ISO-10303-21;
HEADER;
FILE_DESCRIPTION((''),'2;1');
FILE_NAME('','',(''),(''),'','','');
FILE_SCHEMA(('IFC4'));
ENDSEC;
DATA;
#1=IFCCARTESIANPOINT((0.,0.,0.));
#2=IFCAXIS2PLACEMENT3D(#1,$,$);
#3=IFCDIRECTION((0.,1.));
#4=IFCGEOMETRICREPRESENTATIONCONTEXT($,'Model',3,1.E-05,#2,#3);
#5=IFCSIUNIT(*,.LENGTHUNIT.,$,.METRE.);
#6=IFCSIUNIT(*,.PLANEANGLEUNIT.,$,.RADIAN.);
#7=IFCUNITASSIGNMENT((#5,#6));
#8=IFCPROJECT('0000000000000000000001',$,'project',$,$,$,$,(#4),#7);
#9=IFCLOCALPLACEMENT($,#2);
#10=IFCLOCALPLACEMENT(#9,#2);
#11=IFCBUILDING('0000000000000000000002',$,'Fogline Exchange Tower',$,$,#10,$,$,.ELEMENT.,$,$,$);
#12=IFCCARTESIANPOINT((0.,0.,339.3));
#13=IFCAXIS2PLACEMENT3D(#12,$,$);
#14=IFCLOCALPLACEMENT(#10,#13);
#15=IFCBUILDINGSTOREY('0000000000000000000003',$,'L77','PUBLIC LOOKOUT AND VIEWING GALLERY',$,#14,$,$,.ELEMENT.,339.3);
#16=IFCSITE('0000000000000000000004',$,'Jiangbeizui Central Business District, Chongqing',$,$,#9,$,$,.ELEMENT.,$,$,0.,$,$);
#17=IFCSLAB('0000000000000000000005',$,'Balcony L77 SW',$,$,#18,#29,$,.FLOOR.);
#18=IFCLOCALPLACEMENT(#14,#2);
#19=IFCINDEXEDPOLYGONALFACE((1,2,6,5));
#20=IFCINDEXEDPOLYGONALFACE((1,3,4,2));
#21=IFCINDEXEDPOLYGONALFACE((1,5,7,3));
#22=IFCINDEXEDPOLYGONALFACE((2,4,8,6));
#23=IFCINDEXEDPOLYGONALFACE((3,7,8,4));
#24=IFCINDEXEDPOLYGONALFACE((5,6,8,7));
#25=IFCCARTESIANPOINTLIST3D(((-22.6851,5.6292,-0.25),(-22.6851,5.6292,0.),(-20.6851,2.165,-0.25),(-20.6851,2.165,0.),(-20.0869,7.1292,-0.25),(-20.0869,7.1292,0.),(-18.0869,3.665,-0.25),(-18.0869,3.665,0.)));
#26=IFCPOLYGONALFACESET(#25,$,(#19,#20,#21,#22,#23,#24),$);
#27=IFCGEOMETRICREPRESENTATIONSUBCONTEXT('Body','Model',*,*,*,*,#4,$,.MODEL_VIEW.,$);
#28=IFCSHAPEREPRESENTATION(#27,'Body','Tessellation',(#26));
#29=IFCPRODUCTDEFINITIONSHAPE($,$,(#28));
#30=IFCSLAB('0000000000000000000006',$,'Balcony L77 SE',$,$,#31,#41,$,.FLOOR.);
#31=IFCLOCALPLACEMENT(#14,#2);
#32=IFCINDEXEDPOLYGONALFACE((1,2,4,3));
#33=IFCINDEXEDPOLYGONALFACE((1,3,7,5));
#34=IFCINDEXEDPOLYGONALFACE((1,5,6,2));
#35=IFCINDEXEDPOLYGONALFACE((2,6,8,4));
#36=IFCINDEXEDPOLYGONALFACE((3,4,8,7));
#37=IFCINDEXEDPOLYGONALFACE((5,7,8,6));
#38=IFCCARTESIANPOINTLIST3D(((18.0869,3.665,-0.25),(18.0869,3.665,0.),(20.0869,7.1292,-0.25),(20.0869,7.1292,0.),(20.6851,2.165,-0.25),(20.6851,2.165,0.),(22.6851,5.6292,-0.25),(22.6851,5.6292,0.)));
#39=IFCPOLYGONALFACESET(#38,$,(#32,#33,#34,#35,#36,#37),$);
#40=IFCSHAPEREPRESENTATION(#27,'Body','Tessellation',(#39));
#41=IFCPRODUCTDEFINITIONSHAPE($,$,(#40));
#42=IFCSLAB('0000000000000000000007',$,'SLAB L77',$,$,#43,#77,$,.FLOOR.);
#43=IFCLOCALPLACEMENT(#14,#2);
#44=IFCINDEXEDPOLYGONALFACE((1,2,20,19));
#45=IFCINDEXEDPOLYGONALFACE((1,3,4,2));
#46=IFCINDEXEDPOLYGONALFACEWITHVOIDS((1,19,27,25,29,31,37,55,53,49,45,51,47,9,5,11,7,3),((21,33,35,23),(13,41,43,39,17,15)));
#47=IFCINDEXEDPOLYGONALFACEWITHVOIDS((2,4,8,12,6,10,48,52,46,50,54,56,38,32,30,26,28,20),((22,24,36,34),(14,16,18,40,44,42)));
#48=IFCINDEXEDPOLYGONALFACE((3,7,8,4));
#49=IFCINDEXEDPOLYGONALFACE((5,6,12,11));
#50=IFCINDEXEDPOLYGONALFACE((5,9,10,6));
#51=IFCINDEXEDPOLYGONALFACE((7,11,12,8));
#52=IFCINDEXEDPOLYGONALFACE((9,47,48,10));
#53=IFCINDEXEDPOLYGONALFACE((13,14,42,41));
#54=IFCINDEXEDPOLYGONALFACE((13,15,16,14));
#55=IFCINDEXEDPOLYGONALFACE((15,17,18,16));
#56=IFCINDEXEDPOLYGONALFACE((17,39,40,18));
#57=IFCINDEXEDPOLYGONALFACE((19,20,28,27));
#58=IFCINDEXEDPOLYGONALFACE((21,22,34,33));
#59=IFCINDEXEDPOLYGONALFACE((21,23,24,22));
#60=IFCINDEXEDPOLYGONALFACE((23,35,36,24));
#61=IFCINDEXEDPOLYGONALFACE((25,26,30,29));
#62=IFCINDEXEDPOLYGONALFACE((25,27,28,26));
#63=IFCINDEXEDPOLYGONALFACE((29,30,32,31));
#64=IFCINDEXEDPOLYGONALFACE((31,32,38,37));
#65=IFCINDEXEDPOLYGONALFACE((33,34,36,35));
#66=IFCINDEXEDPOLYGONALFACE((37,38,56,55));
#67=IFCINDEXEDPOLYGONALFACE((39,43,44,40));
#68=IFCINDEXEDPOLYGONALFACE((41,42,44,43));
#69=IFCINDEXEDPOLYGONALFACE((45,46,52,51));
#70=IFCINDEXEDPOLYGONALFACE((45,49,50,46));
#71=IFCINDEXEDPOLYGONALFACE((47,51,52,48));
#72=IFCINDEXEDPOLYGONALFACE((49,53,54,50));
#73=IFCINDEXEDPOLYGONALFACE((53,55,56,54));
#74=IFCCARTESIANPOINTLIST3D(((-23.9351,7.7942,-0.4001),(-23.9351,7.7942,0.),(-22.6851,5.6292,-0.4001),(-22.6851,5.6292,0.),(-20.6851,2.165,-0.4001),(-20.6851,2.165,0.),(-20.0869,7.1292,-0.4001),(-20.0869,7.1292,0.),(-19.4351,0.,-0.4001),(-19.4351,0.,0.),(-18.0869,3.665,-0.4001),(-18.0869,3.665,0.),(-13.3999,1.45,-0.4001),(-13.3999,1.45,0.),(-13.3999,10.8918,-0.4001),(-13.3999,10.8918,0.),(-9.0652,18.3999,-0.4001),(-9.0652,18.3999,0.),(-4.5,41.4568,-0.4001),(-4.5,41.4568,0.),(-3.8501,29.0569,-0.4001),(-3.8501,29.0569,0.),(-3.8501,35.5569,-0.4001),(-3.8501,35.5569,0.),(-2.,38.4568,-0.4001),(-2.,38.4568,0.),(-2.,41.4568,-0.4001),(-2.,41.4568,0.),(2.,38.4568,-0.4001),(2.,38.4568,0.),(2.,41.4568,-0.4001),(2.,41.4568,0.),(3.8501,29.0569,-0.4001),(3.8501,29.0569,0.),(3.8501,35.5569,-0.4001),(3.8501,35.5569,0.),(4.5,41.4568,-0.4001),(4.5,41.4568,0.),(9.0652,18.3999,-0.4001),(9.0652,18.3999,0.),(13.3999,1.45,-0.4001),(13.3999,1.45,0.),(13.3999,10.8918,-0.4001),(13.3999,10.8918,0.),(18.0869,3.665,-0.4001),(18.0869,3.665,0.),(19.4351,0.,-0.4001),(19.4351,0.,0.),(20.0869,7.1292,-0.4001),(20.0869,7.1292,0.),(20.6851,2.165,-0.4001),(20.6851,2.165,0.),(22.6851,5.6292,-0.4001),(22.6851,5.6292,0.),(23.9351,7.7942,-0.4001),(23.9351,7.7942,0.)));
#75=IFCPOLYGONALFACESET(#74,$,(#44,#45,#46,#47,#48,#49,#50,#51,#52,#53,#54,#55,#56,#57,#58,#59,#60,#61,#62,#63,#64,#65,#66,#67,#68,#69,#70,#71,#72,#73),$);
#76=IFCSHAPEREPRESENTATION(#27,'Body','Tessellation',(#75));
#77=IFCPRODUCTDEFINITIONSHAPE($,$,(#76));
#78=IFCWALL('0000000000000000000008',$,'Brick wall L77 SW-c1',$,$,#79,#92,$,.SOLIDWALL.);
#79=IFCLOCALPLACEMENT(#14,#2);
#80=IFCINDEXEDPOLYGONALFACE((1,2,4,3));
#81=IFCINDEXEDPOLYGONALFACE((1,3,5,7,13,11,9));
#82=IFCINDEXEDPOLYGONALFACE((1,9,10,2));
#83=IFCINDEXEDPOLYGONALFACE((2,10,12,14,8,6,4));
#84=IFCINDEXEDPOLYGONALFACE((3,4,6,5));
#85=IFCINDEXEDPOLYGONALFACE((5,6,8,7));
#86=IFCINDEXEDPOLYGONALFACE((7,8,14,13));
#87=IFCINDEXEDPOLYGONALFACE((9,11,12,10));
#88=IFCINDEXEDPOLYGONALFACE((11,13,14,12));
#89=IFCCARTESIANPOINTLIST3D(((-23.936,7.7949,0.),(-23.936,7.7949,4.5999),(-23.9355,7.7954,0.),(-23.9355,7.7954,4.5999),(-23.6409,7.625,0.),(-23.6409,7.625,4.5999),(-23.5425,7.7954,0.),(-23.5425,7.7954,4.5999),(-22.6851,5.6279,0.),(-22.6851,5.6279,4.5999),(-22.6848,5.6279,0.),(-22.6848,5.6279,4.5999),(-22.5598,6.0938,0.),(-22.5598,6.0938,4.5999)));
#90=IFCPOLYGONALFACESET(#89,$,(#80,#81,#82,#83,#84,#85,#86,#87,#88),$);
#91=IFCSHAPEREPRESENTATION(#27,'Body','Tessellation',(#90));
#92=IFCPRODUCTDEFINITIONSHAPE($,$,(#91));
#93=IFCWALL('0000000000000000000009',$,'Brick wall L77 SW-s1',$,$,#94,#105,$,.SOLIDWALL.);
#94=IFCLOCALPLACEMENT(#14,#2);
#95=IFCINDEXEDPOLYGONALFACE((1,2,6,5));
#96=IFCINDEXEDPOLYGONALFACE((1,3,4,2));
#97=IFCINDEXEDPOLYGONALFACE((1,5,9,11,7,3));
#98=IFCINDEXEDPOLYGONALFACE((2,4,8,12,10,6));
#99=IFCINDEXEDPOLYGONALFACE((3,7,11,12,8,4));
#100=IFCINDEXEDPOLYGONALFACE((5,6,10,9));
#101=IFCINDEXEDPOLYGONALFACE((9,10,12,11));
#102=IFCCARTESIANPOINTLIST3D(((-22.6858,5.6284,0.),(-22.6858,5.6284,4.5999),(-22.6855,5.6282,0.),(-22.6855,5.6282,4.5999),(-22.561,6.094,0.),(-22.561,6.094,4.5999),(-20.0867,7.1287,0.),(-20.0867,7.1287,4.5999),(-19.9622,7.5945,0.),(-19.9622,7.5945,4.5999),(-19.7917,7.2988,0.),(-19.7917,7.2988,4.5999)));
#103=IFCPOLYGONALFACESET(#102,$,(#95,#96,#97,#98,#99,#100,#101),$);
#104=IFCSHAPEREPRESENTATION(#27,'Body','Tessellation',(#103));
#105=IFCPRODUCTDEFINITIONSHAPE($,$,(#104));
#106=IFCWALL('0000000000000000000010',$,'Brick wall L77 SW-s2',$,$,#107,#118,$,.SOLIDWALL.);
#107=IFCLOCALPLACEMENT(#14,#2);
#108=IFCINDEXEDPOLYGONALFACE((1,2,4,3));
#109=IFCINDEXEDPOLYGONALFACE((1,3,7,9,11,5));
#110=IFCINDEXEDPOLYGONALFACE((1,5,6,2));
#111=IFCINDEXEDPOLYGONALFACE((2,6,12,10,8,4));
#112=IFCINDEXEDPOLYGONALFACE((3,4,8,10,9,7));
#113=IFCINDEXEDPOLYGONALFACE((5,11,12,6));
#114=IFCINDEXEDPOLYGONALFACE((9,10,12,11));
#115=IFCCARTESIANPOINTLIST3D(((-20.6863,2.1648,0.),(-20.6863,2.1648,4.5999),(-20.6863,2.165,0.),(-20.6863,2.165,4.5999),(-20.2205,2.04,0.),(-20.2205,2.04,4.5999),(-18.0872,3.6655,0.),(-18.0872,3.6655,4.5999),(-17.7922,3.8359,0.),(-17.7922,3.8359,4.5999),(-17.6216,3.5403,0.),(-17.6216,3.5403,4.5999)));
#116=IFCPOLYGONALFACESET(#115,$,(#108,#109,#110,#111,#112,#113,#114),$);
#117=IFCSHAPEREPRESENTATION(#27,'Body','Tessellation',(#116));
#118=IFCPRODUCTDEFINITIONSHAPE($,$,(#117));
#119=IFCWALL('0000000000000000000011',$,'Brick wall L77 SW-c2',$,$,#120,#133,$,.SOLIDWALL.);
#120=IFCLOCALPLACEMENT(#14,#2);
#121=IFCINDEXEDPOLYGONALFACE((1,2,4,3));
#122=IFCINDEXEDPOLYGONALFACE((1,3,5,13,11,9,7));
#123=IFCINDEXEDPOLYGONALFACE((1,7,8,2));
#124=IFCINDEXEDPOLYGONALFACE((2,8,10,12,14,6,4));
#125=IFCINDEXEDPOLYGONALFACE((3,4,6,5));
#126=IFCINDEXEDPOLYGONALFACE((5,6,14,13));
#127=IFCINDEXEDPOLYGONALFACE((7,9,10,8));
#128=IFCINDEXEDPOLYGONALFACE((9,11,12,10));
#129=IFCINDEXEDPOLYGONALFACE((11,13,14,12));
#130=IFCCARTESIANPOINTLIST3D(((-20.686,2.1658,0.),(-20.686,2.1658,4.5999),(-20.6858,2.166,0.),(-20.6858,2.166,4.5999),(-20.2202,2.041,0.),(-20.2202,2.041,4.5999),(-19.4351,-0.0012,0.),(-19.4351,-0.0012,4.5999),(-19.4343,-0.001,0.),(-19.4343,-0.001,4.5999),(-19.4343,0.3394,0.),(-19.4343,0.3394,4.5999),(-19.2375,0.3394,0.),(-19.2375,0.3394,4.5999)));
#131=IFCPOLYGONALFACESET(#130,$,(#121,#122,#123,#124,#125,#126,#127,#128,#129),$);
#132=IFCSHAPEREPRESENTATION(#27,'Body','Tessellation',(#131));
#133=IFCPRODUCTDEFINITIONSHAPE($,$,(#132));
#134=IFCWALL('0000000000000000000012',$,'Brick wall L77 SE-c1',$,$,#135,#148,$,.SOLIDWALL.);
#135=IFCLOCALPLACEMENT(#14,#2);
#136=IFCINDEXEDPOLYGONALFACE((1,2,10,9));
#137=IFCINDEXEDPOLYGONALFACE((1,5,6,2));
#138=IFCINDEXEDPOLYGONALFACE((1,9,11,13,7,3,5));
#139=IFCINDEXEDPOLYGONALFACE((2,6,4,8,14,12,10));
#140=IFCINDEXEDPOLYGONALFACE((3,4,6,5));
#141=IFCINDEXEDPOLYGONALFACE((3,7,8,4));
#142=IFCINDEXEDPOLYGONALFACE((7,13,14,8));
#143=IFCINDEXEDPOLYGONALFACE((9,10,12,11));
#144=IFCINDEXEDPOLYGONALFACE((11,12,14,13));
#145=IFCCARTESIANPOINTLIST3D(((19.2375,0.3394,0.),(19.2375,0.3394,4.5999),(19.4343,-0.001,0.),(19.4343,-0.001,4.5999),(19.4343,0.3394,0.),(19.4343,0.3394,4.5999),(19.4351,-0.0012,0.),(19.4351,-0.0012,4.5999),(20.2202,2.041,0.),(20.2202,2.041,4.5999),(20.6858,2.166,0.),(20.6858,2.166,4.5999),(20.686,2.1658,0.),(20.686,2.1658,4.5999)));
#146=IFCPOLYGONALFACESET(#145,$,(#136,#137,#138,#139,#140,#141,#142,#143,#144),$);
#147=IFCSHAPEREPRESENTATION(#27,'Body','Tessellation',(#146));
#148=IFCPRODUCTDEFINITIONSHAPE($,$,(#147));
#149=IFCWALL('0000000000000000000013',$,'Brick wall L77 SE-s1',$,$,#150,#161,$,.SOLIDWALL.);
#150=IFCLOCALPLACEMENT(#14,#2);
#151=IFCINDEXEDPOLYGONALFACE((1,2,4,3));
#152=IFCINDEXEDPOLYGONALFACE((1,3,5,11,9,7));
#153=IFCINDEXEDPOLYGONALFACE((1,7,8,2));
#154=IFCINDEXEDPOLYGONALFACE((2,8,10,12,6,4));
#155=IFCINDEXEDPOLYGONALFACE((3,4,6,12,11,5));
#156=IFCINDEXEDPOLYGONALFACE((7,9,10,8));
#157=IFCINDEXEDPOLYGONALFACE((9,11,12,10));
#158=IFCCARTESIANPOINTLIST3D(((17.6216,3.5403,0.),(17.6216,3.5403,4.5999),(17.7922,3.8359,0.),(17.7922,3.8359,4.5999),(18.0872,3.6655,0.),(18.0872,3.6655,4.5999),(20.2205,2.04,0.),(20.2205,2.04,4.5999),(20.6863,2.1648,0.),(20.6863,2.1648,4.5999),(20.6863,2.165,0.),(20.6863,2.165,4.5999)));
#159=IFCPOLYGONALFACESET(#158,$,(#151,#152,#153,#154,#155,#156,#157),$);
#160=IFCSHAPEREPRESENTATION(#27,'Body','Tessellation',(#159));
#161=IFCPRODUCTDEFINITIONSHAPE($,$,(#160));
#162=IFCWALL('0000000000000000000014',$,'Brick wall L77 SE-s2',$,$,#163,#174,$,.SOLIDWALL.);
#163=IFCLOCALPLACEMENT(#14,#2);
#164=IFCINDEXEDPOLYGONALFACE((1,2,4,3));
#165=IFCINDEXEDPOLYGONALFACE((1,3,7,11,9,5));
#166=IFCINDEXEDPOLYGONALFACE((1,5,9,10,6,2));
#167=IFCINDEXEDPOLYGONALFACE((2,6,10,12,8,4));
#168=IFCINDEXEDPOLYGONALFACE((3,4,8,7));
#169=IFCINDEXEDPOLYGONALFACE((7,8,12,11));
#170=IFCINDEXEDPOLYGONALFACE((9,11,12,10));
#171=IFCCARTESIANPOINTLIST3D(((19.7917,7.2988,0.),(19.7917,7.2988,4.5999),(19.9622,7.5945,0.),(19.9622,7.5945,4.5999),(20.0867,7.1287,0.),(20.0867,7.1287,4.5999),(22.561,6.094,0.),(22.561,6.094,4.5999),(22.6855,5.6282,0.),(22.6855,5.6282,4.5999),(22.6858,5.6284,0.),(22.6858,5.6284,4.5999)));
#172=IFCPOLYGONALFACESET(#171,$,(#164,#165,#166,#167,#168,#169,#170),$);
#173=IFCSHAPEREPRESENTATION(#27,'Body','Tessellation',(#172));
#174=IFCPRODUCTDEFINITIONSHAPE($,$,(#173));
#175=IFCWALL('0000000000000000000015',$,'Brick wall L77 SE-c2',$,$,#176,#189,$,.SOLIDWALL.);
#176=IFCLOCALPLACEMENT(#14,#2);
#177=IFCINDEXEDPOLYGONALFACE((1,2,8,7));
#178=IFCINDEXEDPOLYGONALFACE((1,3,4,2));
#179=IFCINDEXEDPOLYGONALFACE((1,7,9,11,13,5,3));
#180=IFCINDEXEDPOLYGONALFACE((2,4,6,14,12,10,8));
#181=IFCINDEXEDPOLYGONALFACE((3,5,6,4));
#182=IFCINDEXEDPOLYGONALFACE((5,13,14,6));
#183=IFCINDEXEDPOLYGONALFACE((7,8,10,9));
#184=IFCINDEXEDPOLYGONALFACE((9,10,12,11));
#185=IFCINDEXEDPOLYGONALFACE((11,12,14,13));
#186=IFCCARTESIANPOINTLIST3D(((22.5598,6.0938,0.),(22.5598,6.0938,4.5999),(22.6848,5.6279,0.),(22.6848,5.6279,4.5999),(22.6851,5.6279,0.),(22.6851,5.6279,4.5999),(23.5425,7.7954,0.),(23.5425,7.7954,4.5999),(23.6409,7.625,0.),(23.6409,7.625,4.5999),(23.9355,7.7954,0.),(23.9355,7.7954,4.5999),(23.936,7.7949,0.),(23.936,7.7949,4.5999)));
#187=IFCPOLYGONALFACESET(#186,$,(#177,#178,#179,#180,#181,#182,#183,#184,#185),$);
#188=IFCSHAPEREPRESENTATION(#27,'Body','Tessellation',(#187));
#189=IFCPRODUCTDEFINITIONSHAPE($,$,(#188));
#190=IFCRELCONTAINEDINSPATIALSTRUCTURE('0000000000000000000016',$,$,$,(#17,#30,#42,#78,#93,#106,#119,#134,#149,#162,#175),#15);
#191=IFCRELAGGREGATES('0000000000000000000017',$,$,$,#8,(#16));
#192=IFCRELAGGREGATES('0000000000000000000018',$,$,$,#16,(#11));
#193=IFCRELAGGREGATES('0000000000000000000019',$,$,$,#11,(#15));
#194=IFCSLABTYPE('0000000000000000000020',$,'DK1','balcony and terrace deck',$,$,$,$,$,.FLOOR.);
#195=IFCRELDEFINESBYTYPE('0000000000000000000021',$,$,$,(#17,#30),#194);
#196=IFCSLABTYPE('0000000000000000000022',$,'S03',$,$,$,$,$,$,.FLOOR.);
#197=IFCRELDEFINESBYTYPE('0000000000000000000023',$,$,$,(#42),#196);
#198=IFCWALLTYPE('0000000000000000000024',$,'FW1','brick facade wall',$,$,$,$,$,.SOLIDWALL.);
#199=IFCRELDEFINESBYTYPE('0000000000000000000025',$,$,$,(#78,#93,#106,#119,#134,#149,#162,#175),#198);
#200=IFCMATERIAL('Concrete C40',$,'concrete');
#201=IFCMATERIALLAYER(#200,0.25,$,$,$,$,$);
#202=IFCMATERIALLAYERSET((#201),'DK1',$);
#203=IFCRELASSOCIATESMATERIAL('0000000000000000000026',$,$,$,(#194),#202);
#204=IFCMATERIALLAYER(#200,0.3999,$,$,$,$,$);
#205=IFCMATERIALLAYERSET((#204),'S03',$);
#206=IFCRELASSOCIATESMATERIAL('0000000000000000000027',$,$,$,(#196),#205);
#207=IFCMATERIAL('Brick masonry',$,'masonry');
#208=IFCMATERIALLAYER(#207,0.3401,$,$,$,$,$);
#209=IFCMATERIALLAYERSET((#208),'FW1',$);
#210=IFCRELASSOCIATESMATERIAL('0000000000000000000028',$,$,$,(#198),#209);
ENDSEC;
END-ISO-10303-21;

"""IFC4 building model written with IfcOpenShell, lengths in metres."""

from ifc_helpers import new_model, si_unit, direction, frame, origin, place, context, subcontext, project, spatial, polyline, outline, extrude, material, layer, layer_set, type_object, element, save


model = new_model("IFC4")

# Units and contexts
model_context = context("Model", 3, precision=1e-05, world=origin(), true_north=direction((0.0, 1.0)))
body_context = subcontext(model_context, "Body", "Model", "MODEL_VIEW")
ifc_project = project(units=[si_unit("LENGTHUNIT", "METRE"), si_unit("PLANEANGLEUNIT", "RADIAN")], contexts=[model_context])

# Site, building, storey
site_placement = place(None, origin())
site = spatial("IfcSite", under=ifc_project, at=site_placement, Name="Jiangbeizui Central Business District, Chongqing", CompositionType="ELEMENT", RefElevation=0.0)
building_placement = place(site_placement, origin())
building = spatial("IfcBuilding", under=site, at=building_placement, Name="Fogline Exchange Tower", CompositionType="ELEMENT")
storey_placement = place(building_placement, frame((0.0, 0.0, 339.3)))
storey = spatial("IfcBuildingStorey", under=building, at=storey_placement, Name="L77", Description="PUBLIC LOOKOUT AND VIEWING GALLERY", CompositionType="ELEMENT", Elevation=339.3)

# Slabs
ifc_material_1 = material(Name="Concrete C40", Category="concrete")
ifc_layer_1 = layer(ifc_material_1, 0.25)
ifc_layer_set_1 = layer_set([ifc_layer_1], Name="DK1")
slab_type_1 = type_object("IfcSlabType", Name="DK1", Description="balcony and terrace deck", PredefinedType="FLOOR", material=ifc_layer_set_1)
slab_1_placement = place(storey_placement, frame((0.0, 0.0, -0.25)))
element("IfcSlab", 1, at=slab_1_placement, inside=storey, type_object=slab_type_1, Name="Balcony L77 SW", PredefinedType="FLOOR", context=body_context, shape_type="SweptSolid", body=[
    extrude(outline(polyline([(-22.6851, 5.6292), (-20.6851, 2.165), (-18.0869, 3.665), (-20.0869, 7.1292), (-22.6851, 5.6292)])), origin(), (0.0, 0.0, 1.0), 0.25),
])
slab_2_placement = place(storey_placement, frame((0.0, 0.0, -0.25)))
element("IfcSlab", 2, at=slab_2_placement, inside=storey, type_object=slab_type_1, Name="Balcony L77 SE", PredefinedType="FLOOR", context=body_context, shape_type="SweptSolid", body=[
    extrude(outline(polyline([(20.6851, 2.165), (22.6851, 5.6292), (20.0869, 7.1292), (18.0869, 3.665), (20.6851, 2.165)])), origin(), (0.0, 0.0, 1.0), 0.25),
])
ifc_layer_2 = layer(ifc_material_1, 0.3999)
ifc_layer_set_2 = layer_set([ifc_layer_2], Name="S03")
slab_type_2 = type_object("IfcSlabType", Name="S03", PredefinedType="FLOOR", material=ifc_layer_set_2)
slab_3_placement = place(storey_placement, frame((0.0, 0.0, -0.4001)))
element("IfcSlab", 3, at=slab_3_placement, inside=storey, type_object=slab_type_2, Name="SLAB L77", PredefinedType="FLOOR", context=body_context, shape_type="SweptSolid", body=[
    extrude(outline(polyline([(-2.0, 41.4568), (-4.5, 41.4568), (-23.9351, 7.7942), (-22.6851, 5.6292), (-20.0869, 7.1292), (-18.0869, 3.665), (-20.6851, 2.165), (-19.4351, 0.0), (19.4351, 0.0), (20.6851, 2.165), (18.0869, 3.665), (20.0869, 7.1292), (22.6851, 5.6292), (23.9351, 7.7942), (4.5, 41.4568), (2.0, 41.4568), (2.0, 38.4568), (-2.0, 38.4568), (-2.0, 41.4568)]), holes=[polyline([(13.3999, 10.8918), (13.3999, 1.45), (-13.3999, 1.45), (-13.3999, 10.8918), (-9.0652, 18.3999), (9.0652, 18.3999), (13.3999, 10.8918)]), polyline([(3.8501, 35.5569), (3.8501, 29.0569), (-3.8501, 29.0569), (-3.8501, 35.5569), (3.8501, 35.5569)])]), origin(), (0.0, 0.0, 1.0), 0.4001),
])

# Walls
ifc_material_2 = material(Name="Brick masonry", Category="masonry")
ifc_layer_3 = layer(ifc_material_2, 0.3401)
ifc_layer_set_3 = layer_set([ifc_layer_3], Name="FW1")
wall_type_1 = type_object("IfcWallType", Name="FW1", Description="brick facade wall", PredefinedType="SOLIDWALL", material=ifc_layer_set_3)
wall_1_placement = place(storey_placement, origin())
element("IfcWall", 4, at=wall_1_placement, inside=storey, type_object=wall_type_1, Name="Brick wall L77 SW-c1", PredefinedType="SOLIDWALL", context=body_context, shape_type="SweptSolid", body=[
    extrude(outline(polyline([(-22.6851, 5.6279), (-23.936, 7.7949), (-23.9355, 7.7954), (-23.6409, 7.625), (-23.5425, 7.7954), (-22.5598, 6.0938), (-22.6848, 5.6279), (-22.6851, 5.6279)])), origin(), (0.0, 0.0, 1.0), 4.5999),
])
wall_2_placement = place(storey_placement, origin())
element("IfcWall", 5, at=wall_2_placement, inside=storey, type_object=wall_type_1, Name="Brick wall L77 SW-s1", PredefinedType="SOLIDWALL", context=body_context, shape_type="SweptSolid", body=[
    extrude(outline(polyline([(-19.9622, 7.5945), (-19.7917, 7.2988), (-20.0867, 7.1287), (-22.6855, 5.6282), (-22.6858, 5.6284), (-22.561, 6.094), (-19.9622, 7.5945)])), origin(), (0.0, 0.0, 1.0), 4.5999),
])
wall_3_placement = place(storey_placement, origin())
element("IfcWall", 6, at=wall_3_placement, inside=storey, type_object=wall_type_1, Name="Brick wall L77 SW-s2", PredefinedType="SOLIDWALL", context=body_context, shape_type="SweptSolid", body=[
    extrude(outline(polyline([(-20.6863, 2.165), (-18.0872, 3.6655), (-17.7922, 3.8359), (-17.6216, 3.5403), (-20.2205, 2.04), (-20.6863, 2.1648), (-20.6863, 2.165)])), origin(), (0.0, 0.0, 1.0), 4.5999),
])
wall_4_placement = place(storey_placement, origin())
element("IfcWall", 7, at=wall_4_placement, inside=storey, type_object=wall_type_1, Name="Brick wall L77 SW-c2", PredefinedType="SOLIDWALL", context=body_context, shape_type="SweptSolid", body=[
    extrude(outline(polyline([(-19.2375, 0.3394), (-19.4343, 0.3394), (-19.4343, -0.001), (-19.4351, -0.0012), (-20.686, 2.1658), (-20.6858, 2.166), (-20.2202, 2.041), (-19.2375, 0.3394)])), origin(), (0.0, 0.0, 1.0), 4.5999),
])
wall_5_placement = place(storey_placement, origin())
element("IfcWall", 8, at=wall_5_placement, inside=storey, type_object=wall_type_1, Name="Brick wall L77 SE-c1", PredefinedType="SOLIDWALL", context=body_context, shape_type="SweptSolid", body=[
    extrude(outline(polyline([(20.686, 2.1658), (19.4351, -0.0012), (19.4343, -0.001), (19.4343, 0.3394), (19.2375, 0.3394), (20.2202, 2.041), (20.6858, 2.166), (20.686, 2.1658)])), origin(), (0.0, 0.0, 1.0), 4.5999),
])
wall_6_placement = place(storey_placement, origin())
element("IfcWall", 9, at=wall_6_placement, inside=storey, type_object=wall_type_1, Name="Brick wall L77 SE-s1", PredefinedType="SOLIDWALL", context=body_context, shape_type="SweptSolid", body=[
    extrude(outline(polyline([(17.6216, 3.5403), (17.7922, 3.8359), (18.0872, 3.6655), (20.6863, 2.165), (20.6863, 2.1648), (20.2205, 2.04), (17.6216, 3.5403)])), origin(), (0.0, 0.0, 1.0), 4.5999),
])
wall_7_placement = place(storey_placement, origin())
element("IfcWall", 10, at=wall_7_placement, inside=storey, type_object=wall_type_1, Name="Brick wall L77 SE-s2", PredefinedType="SOLIDWALL", context=body_context, shape_type="SweptSolid", body=[
    extrude(outline(polyline([(22.6855, 5.6282), (20.0867, 7.1287), (19.7917, 7.2988), (19.9622, 7.5945), (22.561, 6.094), (22.6858, 5.6284), (22.6855, 5.6282)])), origin(), (0.0, 0.0, 1.0), 4.5999),
])
wall_8_placement = place(storey_placement, origin())
element("IfcWall", 11, at=wall_8_placement, inside=storey, type_object=wall_type_1, Name="Brick wall L77 SE-c2", PredefinedType="SOLIDWALL", context=body_context, shape_type="SweptSolid", body=[
    extrude(outline(polyline([(23.5425, 7.7954), (23.6409, 7.625), (23.9355, 7.7954), (23.936, 7.7949), (22.6851, 5.6279), (22.6848, 5.6279), (22.5598, 6.0938), (23.5425, 7.7954)])), origin(), (0.0, 0.0, 1.0), 4.5999),
])

save(model, "model.ifc")
